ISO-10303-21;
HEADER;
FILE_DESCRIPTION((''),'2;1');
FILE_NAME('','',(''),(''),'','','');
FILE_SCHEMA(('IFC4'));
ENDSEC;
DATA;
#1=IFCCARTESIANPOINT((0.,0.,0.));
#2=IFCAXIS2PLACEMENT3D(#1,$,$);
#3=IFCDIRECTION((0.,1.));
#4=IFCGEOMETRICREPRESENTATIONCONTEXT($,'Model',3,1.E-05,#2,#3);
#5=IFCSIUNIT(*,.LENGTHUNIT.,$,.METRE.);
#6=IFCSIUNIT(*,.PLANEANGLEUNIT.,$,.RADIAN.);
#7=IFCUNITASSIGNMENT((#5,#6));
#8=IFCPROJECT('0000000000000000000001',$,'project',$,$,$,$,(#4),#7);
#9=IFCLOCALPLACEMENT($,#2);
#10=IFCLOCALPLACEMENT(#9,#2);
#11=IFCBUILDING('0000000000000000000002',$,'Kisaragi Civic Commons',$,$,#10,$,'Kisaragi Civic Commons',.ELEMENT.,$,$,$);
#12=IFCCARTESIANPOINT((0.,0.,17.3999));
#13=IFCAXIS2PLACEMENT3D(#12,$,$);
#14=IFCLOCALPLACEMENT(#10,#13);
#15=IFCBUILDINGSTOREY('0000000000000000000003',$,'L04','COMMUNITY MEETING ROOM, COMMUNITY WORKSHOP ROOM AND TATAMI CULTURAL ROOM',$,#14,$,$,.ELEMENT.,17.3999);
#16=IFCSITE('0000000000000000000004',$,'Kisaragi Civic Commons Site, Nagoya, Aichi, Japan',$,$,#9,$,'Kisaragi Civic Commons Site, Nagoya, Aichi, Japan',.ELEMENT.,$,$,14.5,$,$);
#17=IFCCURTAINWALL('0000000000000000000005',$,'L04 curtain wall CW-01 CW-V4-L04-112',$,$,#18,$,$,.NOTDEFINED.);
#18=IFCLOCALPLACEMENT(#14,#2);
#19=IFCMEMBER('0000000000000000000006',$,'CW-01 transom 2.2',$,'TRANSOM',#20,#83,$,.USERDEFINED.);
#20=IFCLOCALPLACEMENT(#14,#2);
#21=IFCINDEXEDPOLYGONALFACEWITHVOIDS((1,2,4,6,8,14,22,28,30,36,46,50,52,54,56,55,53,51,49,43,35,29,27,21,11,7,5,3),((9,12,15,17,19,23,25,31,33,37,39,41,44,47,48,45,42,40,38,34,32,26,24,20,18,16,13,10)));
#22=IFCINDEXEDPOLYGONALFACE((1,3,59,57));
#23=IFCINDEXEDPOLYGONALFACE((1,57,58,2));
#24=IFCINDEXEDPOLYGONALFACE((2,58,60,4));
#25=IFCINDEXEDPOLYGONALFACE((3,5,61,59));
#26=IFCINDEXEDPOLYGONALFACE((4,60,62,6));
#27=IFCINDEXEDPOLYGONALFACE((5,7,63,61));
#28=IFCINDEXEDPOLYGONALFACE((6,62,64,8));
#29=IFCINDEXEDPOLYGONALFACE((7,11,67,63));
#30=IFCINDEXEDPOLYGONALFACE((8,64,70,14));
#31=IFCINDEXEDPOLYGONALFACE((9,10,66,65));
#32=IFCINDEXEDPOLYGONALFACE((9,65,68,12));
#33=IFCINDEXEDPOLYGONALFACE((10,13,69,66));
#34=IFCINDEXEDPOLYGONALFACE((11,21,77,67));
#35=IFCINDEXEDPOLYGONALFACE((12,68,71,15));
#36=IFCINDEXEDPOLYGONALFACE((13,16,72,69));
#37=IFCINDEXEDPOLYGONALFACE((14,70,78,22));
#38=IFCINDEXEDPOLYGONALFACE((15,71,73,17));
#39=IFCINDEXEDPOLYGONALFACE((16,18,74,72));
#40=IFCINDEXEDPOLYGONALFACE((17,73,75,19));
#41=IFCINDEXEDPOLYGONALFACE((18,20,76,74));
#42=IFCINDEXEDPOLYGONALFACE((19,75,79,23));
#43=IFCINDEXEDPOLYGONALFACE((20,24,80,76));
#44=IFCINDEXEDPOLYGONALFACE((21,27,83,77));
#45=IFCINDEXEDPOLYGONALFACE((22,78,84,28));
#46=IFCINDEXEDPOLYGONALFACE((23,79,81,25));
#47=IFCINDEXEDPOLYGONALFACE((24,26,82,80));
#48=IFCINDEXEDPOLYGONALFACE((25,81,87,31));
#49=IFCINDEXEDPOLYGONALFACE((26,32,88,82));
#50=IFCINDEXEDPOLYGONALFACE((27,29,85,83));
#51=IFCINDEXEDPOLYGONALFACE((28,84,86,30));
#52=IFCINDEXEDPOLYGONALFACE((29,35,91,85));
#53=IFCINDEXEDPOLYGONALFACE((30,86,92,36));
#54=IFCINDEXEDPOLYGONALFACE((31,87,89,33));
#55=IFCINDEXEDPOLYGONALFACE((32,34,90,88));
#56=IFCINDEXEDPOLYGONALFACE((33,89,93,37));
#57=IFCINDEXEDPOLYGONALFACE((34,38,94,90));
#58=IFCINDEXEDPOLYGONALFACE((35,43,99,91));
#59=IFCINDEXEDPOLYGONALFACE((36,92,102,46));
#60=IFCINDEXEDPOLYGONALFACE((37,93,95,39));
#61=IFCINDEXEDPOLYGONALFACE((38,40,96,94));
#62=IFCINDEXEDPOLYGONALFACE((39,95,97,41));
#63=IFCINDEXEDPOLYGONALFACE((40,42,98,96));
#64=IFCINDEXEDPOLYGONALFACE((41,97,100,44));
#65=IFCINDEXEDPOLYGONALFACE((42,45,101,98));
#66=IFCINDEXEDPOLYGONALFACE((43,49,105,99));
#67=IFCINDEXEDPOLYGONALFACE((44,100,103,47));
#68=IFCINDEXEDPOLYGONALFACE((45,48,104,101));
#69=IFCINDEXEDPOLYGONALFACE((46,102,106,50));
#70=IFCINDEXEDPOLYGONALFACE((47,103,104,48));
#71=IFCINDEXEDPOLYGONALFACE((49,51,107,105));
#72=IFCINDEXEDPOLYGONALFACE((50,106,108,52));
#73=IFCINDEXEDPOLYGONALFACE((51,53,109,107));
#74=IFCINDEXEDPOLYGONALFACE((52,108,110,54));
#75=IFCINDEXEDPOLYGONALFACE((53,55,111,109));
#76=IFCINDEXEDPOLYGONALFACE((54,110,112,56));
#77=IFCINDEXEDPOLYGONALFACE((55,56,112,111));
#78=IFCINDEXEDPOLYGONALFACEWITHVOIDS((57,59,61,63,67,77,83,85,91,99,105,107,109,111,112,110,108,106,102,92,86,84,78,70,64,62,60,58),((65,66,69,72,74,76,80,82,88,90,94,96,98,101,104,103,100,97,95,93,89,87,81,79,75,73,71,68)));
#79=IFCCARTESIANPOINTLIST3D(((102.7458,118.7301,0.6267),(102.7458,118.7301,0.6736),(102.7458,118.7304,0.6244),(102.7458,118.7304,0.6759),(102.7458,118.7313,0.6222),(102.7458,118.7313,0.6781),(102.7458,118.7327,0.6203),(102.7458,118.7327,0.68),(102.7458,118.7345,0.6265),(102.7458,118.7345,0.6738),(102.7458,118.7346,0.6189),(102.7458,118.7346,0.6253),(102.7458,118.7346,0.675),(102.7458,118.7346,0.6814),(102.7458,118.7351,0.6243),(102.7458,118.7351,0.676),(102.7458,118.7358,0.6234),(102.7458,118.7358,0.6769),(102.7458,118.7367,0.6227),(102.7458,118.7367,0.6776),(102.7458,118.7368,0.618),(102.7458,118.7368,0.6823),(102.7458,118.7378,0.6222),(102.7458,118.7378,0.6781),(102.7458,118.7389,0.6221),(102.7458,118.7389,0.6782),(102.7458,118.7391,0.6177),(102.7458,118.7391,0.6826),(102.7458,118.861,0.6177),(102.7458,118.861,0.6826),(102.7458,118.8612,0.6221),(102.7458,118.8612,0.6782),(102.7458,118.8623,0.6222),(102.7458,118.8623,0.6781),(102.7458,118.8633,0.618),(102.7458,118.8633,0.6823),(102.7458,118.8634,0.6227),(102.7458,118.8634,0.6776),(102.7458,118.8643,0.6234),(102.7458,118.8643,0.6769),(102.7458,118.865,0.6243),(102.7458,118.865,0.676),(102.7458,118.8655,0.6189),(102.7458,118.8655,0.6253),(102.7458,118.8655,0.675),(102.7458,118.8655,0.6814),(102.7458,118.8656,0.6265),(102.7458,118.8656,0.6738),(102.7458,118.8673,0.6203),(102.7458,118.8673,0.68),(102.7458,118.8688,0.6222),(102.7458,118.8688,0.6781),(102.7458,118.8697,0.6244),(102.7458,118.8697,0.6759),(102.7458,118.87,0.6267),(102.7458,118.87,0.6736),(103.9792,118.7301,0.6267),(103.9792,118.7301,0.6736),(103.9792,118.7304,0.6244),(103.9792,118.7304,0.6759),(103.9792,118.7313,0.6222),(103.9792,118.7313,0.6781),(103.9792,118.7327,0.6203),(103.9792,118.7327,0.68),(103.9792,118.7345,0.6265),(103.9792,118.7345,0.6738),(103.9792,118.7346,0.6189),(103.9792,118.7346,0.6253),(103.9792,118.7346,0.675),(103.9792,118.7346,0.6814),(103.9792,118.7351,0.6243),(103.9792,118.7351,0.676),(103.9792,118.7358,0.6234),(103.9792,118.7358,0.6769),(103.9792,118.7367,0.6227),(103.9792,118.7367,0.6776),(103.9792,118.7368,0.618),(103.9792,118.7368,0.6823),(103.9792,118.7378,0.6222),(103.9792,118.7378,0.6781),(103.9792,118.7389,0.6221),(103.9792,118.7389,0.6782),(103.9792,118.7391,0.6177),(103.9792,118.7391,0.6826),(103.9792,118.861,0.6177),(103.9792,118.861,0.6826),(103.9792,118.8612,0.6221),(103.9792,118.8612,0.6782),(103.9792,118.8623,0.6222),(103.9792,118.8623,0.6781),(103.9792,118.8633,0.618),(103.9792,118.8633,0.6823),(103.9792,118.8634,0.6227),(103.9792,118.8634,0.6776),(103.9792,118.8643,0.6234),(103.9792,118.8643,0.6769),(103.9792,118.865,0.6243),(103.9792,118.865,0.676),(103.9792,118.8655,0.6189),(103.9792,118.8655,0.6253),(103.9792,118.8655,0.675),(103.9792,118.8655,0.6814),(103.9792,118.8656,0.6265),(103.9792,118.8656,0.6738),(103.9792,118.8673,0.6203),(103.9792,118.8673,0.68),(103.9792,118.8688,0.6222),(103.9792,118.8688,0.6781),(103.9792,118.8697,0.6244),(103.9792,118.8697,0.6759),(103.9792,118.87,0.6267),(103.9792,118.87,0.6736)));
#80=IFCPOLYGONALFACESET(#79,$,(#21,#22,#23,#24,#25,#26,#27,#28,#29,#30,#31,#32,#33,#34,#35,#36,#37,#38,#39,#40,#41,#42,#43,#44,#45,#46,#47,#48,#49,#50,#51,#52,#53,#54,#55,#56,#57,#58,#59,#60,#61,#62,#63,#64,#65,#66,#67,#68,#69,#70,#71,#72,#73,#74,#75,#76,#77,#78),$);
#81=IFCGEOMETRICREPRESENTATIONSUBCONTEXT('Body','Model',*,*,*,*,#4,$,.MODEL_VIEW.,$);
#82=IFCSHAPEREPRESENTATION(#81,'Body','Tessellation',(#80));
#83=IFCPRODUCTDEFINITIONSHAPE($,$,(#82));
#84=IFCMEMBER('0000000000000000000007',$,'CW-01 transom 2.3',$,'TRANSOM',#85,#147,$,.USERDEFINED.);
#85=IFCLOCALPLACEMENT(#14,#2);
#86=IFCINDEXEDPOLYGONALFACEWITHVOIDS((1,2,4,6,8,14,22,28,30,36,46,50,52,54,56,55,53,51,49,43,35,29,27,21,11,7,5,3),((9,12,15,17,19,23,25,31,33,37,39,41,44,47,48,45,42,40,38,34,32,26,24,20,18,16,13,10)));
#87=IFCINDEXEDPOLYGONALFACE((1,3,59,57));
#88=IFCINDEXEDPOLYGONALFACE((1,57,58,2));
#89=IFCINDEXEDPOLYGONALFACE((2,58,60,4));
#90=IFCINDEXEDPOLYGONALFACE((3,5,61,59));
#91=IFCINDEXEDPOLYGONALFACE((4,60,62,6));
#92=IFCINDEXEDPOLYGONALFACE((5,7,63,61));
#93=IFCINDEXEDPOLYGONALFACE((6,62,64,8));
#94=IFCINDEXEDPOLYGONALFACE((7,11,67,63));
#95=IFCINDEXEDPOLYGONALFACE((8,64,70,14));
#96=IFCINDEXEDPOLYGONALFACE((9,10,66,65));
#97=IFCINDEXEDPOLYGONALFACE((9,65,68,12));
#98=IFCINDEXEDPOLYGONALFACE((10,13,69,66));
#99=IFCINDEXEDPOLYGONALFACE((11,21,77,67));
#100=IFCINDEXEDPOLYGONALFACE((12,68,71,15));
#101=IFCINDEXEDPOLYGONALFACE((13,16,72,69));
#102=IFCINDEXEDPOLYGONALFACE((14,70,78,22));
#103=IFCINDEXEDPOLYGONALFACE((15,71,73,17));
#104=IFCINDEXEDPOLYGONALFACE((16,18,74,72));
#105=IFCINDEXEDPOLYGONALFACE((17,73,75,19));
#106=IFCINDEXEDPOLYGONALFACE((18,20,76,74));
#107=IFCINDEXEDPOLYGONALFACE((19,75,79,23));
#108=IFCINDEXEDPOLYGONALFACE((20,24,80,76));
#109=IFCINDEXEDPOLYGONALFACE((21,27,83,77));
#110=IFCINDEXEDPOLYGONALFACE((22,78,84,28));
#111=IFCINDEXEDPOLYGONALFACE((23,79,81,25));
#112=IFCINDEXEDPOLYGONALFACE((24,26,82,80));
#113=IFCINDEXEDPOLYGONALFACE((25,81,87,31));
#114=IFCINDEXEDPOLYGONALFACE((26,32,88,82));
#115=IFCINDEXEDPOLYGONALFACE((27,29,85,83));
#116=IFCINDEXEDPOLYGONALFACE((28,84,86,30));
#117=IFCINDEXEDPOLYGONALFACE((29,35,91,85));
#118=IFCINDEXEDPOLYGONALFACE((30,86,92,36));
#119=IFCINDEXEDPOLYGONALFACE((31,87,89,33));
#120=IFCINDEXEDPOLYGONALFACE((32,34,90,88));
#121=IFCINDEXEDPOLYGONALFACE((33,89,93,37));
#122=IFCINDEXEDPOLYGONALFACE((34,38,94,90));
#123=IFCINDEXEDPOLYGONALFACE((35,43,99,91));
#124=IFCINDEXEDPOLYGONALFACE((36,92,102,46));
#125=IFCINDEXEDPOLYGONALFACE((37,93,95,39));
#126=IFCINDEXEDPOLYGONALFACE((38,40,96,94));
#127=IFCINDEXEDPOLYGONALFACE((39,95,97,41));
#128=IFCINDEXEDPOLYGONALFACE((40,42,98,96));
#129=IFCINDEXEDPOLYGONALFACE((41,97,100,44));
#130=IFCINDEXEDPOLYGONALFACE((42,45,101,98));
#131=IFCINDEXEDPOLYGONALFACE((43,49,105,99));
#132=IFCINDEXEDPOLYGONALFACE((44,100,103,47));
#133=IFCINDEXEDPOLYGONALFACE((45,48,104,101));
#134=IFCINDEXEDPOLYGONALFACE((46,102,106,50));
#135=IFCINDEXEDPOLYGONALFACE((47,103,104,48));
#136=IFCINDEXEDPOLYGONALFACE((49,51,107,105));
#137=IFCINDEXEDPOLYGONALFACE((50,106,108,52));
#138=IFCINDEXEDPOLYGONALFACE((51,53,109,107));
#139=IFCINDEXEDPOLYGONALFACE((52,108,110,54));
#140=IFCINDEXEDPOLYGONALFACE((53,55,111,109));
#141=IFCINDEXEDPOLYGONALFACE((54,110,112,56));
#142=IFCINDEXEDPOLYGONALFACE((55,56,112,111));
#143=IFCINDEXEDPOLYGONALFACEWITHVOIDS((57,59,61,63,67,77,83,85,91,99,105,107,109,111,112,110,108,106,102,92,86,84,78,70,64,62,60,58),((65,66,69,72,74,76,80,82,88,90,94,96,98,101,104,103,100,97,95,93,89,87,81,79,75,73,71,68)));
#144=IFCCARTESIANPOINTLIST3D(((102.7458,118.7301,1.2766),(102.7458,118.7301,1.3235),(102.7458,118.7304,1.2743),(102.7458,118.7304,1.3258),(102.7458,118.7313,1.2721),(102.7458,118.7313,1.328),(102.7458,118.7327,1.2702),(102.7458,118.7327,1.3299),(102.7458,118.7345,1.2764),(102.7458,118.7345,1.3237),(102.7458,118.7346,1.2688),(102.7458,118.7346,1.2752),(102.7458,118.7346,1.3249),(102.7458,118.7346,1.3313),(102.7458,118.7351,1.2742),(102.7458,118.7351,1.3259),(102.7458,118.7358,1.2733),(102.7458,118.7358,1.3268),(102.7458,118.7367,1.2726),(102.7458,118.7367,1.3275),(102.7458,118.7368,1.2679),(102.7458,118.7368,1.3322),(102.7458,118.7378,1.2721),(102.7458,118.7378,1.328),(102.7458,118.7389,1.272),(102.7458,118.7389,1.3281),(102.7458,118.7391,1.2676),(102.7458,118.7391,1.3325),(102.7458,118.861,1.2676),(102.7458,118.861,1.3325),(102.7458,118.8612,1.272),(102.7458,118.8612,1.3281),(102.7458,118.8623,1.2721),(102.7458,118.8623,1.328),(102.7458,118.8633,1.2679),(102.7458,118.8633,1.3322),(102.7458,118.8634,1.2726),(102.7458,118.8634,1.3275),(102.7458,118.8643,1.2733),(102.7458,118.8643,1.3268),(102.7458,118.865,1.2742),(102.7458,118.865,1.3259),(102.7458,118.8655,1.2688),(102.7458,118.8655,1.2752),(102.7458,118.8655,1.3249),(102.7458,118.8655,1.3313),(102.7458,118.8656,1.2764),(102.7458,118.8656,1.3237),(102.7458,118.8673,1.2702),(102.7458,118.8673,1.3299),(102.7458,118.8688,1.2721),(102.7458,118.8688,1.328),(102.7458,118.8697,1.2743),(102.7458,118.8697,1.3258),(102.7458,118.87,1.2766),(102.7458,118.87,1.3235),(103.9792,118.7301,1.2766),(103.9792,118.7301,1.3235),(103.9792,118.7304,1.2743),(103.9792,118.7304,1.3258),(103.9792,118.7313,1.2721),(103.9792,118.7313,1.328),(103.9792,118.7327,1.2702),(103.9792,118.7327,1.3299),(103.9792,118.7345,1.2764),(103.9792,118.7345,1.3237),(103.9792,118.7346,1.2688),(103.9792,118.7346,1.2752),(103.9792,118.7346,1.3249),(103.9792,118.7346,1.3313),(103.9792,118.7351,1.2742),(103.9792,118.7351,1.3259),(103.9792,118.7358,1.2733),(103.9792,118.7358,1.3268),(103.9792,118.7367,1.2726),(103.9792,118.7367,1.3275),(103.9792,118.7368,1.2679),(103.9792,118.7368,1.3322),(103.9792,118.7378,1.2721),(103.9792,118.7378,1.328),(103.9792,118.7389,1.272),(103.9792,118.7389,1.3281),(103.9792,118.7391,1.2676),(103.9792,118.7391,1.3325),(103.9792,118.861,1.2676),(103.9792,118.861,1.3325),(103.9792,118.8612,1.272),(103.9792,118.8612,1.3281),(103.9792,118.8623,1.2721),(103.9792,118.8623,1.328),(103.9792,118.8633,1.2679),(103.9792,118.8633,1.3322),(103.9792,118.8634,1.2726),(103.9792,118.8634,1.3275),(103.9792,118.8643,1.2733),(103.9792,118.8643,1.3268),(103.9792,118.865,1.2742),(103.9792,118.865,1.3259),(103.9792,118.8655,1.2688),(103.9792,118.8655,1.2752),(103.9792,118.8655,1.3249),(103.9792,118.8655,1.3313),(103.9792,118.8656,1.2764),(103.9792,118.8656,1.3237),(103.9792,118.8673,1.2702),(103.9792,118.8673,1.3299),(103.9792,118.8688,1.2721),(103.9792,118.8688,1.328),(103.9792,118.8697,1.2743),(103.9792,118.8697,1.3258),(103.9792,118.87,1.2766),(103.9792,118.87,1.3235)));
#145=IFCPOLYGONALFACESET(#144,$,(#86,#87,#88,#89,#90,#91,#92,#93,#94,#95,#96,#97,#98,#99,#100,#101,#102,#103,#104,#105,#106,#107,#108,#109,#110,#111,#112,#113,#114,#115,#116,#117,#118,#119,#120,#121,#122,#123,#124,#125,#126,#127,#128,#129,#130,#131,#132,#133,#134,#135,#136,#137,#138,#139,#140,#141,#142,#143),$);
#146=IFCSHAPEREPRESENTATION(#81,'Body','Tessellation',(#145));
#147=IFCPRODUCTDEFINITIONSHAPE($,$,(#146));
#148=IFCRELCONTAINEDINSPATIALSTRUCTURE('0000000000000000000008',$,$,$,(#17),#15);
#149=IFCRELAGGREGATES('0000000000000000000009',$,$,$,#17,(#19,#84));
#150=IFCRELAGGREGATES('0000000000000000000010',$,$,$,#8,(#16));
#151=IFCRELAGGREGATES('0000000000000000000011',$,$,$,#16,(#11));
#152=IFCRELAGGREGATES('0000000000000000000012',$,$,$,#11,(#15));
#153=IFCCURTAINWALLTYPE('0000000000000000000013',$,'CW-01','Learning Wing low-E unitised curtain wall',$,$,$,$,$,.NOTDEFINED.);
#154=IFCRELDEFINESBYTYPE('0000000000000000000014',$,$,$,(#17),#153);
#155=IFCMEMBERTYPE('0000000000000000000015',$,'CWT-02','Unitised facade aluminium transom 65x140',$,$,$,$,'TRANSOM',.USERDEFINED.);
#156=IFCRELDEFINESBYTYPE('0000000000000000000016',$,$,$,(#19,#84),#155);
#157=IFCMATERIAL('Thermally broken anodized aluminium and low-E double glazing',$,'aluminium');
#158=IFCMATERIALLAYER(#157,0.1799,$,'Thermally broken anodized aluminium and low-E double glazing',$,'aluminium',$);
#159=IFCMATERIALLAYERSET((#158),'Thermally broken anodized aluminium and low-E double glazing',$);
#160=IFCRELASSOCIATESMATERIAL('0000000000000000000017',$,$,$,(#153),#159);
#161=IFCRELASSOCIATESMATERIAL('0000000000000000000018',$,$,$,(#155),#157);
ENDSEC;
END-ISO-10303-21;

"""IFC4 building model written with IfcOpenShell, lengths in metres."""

from ifc_helpers import new_model, si_unit, direction, frame, origin, origin_2d, place, context, subcontext, project, spatial, hollow_rectangle, extrude, material, layer, layer_set, material_profile, profile_set, type_object, element, aggregate, save


model = new_model("IFC4")

# Units and contexts
model_context = context("Model", 3, precision=1e-05, world=origin(), true_north=direction((0.0, 1.0)))
body_context = subcontext(model_context, "Body", "Model", "MODEL_VIEW")
ifc_project = project(units=[si_unit("LENGTHUNIT", "METRE"), si_unit("PLANEANGLEUNIT", "RADIAN")], contexts=[model_context])

# Site, building, storey
site_placement = place(None, origin())
site = spatial("IfcSite", under=ifc_project, at=site_placement, Name="Kisaragi Civic Commons Site, Nagoya, Aichi, Japan", LongName="Kisaragi Civic Commons Site, Nagoya, Aichi, Japan", CompositionType="ELEMENT", RefElevation=14.5)
building_placement = place(site_placement, origin())
building = spatial("IfcBuilding", under=site, at=building_placement, Name="Kisaragi Civic Commons", LongName="Kisaragi Civic Commons", CompositionType="ELEMENT")
storey_placement = place(building_placement, frame((0.0, 0.0, 17.3999)))
storey = spatial("IfcBuildingStorey", under=building, at=storey_placement, Name="L04", Description="COMMUNITY MEETING ROOM, COMMUNITY WORKSHOP ROOM AND TATAMI CULTURAL ROOM", CompositionType="ELEMENT", Elevation=17.3999)

# Curtain wall
ifc_material_1 = material(Name="Thermally broken anodized aluminium and low-E double glazing", Category="aluminium")
ifc_layer_1 = layer(ifc_material_1, 0.1799, Name="Thermally broken anodized aluminium and low-E double glazing", Category="aluminium")
ifc_layer_set_1 = layer_set([ifc_layer_1], Name="Thermally broken anodized aluminium and low-E double glazing")
curtain_wall_type = type_object("IfcCurtainWallType", Name="CW-01", Description="Learning Wing low-E unitised curtain wall", PredefinedType="NOTDEFINED", material=ifc_layer_set_1)
curtain_wall_1_placement = place(storey_placement, origin())
curtain_wall_1 = element("IfcCurtainWall", 1, at=curtain_wall_1_placement, inside=storey, type_object=curtain_wall_type, Name="L04 curtain wall CW-01 CW-V4-L04-112", PredefinedType="NOTDEFINED")

# Members
ifc_material_profile_1 = material_profile(ifc_material_1, hollow_rectangle(XDim=0.1399, YDim=0.0649, WallThickness=0.0044, InnerFilletRadius=0.0044, OuterFilletRadius=0.009, at=origin_2d()), Name="CWT-65x140x4.5", Category="aluminium")
ifc_profile_set_1 = profile_set([ifc_material_profile_1], Name="Thermally broken anodized aluminium and low-E double glazing")
member_type_1 = type_object("IfcMemberType", Name="CWT-02", Description="Unitised facade aluminium transom 65x140", ElementType="TRANSOM", PredefinedType="USERDEFINED", material=ifc_profile_set_1)
member_1_placement = place(storey_placement, frame((102.7458, 118.8, 0.6501), z_axis=(1.0, 0.0, 0.0), x_axis=(0.0, 1.0, 0.0)))
member_1 = element("IfcMember", 2, at=member_1_placement, type_object=member_type_1, Name="CW-01 transom 2.2", ObjectType="TRANSOM", PredefinedType="USERDEFINED", context=body_context, shape_type="SweptSolid", body=[
    extrude(hollow_rectangle(XDim=0.1399, YDim=0.0649, WallThickness=0.0044, InnerFilletRadius=0.0044, OuterFilletRadius=0.009, at=origin_2d()), origin(), (0.0, 0.0, 1.0), 1.2334),
])
member_2_placement = place(storey_placement, frame((102.7458, 118.8, 1.3), z_axis=(1.0, 0.0, 0.0), x_axis=(0.0, 1.0, 0.0)))
member_2 = element("IfcMember", 3, at=member_2_placement, type_object=member_type_1, Name="CW-01 transom 2.3", ObjectType="TRANSOM", PredefinedType="USERDEFINED", context=body_context, shape_type="SweptSolid", body=[
    extrude(hollow_rectangle(XDim=0.1399, YDim=0.0649, WallThickness=0.0044, InnerFilletRadius=0.0044, OuterFilletRadius=0.009, at=origin_2d()), origin(), (0.0, 0.0, 1.0), 1.2334),
])

aggregate(curtain_wall_1, [member_1, member_2])

save(model, "model.ifc")
